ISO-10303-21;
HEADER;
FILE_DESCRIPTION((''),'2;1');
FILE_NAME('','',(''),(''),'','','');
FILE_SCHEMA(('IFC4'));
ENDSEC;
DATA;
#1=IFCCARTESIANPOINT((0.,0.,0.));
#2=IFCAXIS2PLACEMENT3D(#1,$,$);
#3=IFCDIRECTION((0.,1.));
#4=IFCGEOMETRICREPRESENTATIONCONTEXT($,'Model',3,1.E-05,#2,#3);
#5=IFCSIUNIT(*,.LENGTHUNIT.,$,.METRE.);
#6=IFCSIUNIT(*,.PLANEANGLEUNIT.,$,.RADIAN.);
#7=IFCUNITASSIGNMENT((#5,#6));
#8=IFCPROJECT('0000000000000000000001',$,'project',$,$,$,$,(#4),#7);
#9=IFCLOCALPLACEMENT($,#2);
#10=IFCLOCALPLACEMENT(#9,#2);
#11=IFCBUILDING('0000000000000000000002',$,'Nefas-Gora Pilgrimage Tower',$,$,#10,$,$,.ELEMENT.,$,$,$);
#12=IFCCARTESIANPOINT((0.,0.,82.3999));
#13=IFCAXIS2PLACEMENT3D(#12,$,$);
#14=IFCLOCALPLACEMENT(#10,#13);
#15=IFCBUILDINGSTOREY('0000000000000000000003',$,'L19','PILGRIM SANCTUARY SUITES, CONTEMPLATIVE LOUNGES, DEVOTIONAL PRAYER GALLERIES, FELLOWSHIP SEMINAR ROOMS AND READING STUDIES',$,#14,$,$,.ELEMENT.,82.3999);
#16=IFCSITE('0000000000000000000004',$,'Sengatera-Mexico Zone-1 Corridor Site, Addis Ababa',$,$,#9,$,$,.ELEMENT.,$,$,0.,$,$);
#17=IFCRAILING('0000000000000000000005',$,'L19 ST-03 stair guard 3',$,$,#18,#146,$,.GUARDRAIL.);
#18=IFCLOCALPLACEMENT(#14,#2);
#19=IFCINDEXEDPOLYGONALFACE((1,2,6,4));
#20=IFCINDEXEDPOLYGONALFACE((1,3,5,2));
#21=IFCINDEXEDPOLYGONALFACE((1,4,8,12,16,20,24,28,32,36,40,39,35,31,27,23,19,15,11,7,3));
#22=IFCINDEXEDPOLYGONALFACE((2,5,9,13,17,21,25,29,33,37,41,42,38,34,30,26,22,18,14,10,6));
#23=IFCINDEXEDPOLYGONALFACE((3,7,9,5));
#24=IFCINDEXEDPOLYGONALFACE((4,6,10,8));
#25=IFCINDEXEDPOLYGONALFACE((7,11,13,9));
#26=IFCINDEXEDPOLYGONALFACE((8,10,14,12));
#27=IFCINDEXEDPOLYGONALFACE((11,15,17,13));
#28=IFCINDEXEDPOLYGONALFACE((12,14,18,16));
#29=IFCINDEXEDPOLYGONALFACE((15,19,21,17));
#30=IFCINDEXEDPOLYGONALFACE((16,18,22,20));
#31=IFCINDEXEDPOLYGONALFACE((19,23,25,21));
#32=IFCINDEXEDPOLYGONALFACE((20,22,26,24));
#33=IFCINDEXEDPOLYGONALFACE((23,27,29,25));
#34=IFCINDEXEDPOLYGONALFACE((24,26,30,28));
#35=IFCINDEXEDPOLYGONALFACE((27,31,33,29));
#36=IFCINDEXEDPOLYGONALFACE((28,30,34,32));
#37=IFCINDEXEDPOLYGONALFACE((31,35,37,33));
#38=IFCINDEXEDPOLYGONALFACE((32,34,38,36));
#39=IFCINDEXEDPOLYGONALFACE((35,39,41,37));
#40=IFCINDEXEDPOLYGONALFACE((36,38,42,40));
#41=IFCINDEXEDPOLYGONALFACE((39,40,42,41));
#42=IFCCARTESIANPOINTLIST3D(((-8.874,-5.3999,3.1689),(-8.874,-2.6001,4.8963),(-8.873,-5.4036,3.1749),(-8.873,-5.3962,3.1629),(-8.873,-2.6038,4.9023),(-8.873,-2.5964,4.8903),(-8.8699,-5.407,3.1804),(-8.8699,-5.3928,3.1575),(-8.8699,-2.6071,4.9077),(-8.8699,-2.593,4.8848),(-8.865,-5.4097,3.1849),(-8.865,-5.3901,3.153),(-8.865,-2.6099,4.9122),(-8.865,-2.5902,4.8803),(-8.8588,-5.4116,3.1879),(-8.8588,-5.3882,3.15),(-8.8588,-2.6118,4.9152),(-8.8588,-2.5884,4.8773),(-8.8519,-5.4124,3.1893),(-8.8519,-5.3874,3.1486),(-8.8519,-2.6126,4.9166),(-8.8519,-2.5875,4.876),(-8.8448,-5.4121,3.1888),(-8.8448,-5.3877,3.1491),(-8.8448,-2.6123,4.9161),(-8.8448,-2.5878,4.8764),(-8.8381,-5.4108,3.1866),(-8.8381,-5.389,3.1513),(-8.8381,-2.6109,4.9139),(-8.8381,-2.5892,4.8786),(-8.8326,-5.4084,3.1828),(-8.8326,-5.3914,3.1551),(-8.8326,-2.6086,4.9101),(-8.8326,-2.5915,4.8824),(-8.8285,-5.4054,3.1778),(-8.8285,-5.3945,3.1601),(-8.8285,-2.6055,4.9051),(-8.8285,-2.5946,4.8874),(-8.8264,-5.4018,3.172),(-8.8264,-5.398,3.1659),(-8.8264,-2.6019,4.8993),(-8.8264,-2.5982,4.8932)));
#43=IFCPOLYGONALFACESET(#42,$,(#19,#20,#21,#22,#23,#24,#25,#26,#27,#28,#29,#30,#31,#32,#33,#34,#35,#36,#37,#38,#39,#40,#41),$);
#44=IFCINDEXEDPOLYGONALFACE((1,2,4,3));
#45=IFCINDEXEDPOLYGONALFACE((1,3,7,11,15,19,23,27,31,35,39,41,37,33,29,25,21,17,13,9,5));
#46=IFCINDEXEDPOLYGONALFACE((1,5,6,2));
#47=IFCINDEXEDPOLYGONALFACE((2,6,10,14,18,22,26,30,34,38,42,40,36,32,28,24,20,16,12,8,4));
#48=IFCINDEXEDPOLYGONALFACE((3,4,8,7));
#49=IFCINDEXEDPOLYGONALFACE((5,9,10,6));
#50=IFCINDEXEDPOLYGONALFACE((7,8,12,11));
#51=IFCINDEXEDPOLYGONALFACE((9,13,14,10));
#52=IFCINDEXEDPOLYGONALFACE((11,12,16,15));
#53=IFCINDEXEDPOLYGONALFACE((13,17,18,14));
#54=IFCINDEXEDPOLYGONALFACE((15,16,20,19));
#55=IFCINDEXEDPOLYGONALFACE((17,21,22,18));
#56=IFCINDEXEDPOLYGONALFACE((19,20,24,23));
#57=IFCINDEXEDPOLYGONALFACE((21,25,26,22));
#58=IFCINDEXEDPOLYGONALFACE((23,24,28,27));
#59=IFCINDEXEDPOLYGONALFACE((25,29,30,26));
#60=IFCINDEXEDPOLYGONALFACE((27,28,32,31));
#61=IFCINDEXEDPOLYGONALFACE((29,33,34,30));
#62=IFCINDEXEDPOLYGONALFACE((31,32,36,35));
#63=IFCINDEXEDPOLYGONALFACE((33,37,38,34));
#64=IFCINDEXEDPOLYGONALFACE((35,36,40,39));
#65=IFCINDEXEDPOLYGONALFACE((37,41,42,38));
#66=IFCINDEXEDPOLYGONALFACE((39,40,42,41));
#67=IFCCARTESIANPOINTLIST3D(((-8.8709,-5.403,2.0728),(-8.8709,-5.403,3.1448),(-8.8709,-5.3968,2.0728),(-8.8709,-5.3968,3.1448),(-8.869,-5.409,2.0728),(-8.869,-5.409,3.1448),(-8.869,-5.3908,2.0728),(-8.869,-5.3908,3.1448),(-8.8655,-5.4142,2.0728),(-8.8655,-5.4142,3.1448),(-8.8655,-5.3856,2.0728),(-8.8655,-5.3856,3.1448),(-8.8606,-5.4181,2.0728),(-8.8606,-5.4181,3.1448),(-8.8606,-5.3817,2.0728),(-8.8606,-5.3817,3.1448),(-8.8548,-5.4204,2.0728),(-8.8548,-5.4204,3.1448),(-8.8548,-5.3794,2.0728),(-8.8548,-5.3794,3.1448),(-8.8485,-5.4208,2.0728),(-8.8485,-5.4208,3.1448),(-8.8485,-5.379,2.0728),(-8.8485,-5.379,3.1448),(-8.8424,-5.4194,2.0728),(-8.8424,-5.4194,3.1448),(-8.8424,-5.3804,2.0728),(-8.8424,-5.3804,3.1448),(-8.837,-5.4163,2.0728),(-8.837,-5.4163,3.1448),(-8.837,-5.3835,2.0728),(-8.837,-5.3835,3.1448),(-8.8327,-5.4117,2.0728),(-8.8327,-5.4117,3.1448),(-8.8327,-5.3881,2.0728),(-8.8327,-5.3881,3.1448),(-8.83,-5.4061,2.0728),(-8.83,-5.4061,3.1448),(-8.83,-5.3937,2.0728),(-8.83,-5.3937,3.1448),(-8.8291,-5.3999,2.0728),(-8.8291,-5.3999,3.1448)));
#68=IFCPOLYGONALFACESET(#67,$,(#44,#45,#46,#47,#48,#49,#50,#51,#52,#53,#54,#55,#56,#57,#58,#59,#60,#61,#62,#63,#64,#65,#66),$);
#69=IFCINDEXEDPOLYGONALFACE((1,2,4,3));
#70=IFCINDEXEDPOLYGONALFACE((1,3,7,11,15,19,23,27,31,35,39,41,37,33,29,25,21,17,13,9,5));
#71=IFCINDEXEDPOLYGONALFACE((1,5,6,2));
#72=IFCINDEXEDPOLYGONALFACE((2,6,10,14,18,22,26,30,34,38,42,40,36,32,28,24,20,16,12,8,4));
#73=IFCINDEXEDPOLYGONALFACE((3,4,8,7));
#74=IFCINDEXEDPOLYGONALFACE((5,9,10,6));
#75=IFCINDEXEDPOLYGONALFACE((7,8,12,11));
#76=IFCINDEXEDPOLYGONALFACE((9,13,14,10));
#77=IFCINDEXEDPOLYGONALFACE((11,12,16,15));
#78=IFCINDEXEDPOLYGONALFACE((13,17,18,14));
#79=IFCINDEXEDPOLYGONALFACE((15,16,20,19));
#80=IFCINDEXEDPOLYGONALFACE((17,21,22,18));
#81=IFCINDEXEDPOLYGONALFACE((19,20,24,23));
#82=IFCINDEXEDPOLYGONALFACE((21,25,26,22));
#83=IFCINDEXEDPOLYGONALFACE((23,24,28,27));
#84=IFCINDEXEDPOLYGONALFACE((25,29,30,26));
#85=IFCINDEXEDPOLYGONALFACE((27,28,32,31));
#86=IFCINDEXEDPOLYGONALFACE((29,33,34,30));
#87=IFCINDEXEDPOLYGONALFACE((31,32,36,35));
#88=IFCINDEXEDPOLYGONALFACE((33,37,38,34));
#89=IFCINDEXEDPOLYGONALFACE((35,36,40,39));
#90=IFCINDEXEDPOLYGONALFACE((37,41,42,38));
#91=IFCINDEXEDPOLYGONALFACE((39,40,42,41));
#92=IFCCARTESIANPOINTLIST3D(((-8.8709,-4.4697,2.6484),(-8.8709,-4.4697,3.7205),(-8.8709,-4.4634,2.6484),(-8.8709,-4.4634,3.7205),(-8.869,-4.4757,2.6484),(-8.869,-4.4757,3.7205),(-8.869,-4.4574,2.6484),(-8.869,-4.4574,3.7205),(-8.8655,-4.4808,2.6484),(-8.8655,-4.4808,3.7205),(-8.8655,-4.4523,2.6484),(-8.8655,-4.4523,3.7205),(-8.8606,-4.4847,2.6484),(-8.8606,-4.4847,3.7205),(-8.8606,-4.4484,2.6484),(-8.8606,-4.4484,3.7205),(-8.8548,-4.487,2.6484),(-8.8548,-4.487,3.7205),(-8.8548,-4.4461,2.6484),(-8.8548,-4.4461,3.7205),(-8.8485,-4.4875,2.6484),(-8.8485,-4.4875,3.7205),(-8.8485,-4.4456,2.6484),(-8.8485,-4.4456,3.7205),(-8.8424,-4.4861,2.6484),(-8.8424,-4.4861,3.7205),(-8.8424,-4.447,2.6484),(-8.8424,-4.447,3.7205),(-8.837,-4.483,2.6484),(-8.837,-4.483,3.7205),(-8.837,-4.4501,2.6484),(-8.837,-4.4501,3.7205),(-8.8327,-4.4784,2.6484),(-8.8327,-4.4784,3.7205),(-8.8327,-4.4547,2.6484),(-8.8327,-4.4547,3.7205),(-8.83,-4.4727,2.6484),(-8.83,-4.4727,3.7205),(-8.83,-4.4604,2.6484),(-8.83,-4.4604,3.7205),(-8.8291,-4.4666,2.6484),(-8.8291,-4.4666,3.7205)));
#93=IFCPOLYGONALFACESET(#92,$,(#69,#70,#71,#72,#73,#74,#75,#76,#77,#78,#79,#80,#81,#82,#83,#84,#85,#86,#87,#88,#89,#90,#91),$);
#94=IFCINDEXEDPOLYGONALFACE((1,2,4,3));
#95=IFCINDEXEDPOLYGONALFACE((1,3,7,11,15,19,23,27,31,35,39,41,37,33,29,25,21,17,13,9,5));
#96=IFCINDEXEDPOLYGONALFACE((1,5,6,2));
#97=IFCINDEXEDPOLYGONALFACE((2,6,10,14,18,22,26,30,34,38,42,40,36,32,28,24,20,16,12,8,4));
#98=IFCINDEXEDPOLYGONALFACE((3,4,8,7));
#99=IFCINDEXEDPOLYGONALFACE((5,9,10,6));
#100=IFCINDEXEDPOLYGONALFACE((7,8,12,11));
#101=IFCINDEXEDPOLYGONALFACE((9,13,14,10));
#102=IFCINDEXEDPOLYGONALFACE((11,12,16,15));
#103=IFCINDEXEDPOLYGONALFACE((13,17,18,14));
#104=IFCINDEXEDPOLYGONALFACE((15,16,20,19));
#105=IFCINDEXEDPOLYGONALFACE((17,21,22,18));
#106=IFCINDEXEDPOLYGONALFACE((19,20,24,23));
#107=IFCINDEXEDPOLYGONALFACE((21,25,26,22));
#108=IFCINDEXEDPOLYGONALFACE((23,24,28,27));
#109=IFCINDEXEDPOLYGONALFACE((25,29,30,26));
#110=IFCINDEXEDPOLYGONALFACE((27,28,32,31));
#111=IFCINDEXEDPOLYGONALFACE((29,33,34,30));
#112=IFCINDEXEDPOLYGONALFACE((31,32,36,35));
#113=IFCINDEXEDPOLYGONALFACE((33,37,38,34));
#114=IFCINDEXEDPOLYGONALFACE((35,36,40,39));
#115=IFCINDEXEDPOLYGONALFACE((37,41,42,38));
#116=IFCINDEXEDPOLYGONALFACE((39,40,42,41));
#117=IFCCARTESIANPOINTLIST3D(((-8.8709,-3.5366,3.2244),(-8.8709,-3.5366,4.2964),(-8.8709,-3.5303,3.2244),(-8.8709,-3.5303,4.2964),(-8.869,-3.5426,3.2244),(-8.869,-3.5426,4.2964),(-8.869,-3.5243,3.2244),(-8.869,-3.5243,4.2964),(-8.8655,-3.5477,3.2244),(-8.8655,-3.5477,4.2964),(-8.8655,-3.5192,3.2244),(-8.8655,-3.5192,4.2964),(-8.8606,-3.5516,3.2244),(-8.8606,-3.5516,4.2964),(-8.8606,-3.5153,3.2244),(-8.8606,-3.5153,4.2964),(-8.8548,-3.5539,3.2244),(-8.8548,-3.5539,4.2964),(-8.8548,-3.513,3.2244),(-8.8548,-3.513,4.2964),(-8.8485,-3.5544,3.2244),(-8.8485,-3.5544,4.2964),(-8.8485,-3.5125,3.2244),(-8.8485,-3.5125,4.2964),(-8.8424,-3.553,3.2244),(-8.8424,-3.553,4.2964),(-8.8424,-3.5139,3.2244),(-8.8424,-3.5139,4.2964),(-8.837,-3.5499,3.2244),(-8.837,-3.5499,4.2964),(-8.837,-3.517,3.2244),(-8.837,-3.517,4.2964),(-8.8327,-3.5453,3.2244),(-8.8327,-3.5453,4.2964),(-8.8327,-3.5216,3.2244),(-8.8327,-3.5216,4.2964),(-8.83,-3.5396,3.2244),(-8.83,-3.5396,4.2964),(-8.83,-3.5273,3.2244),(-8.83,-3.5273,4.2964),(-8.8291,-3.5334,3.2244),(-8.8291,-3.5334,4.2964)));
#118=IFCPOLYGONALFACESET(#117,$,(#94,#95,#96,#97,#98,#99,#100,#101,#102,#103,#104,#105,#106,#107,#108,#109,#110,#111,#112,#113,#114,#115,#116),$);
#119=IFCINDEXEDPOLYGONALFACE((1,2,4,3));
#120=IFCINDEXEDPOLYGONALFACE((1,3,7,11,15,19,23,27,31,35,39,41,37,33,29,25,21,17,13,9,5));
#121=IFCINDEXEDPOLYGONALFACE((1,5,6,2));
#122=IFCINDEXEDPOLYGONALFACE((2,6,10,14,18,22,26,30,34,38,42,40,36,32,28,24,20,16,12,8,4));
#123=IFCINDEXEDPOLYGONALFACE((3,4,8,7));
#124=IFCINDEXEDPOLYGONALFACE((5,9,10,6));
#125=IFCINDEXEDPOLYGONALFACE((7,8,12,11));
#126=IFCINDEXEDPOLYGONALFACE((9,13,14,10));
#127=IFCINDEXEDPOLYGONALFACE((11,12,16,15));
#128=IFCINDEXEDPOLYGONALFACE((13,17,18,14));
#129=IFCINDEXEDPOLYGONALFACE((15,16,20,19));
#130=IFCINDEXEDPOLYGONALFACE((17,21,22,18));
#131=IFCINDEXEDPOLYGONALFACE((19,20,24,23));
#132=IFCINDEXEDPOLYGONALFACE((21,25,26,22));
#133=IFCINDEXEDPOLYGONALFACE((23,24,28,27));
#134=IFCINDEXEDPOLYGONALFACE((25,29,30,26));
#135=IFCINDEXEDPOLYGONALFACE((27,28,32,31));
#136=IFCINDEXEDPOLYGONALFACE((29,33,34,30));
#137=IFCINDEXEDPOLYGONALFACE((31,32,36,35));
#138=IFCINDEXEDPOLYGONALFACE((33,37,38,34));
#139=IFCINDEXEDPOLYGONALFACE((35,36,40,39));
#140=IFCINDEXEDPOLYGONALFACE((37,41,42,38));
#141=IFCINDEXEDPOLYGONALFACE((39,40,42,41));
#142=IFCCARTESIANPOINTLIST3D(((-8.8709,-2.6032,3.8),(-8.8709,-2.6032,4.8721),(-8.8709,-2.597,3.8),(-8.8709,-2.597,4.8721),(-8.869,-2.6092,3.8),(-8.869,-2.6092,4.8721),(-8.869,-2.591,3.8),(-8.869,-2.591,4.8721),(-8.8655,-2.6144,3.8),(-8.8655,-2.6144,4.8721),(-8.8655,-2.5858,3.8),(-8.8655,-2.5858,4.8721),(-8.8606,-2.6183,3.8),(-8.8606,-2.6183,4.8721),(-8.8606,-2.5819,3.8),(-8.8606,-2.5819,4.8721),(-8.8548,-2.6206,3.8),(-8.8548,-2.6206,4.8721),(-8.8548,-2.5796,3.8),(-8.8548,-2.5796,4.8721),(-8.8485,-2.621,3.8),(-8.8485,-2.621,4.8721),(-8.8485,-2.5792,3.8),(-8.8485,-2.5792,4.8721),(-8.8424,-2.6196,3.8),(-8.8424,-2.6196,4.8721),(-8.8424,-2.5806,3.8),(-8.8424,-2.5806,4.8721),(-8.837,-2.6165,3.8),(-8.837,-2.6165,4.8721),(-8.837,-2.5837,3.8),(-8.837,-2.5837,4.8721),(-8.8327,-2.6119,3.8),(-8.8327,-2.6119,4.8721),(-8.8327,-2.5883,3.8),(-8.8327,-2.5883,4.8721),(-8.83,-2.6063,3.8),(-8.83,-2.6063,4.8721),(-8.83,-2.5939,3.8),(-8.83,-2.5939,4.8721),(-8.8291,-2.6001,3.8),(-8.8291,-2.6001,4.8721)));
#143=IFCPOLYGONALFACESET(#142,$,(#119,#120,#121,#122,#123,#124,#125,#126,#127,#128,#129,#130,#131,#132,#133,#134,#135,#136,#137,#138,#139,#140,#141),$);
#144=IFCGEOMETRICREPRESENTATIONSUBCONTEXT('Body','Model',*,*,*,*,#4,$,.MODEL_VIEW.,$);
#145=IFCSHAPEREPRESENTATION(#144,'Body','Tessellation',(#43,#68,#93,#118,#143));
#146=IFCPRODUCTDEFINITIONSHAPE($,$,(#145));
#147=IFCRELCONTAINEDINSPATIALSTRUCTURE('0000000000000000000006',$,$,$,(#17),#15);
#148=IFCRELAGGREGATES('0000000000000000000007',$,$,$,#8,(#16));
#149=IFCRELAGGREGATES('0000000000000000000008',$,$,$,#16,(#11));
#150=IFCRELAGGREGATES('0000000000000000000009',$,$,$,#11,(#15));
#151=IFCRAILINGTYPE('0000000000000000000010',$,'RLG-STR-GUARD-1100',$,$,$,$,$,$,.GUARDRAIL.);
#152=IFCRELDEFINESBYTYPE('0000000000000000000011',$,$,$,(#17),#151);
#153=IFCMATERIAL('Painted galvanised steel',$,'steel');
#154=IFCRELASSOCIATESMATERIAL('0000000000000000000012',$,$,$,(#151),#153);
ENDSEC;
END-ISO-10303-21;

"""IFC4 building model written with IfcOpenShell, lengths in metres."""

from ifc_helpers import new_model, si_unit, direction, frame, origin, origin_2d, place, context, subcontext, project, spatial, circle, extrude, material, type_object, element, save


model = new_model("IFC4")

# Units and contexts
model_context = context("Model", 3, precision=1e-05, world=origin(), true_north=direction((0.0, 1.0)))
body_context = subcontext(model_context, "Body", "Model", "MODEL_VIEW")
ifc_project = project(units=[si_unit("LENGTHUNIT", "METRE"), si_unit("PLANEANGLEUNIT", "RADIAN")], contexts=[model_context])

# Site, building, storey
site_placement = place(None, origin())
site = spatial("IfcSite", under=ifc_project, at=site_placement, Name="Sengatera-Mexico Zone-1 Corridor Site, Addis Ababa", CompositionType="ELEMENT", RefElevation=0.0)
building_placement = place(site_placement, origin())
building = spatial("IfcBuilding", under=site, at=building_placement, Name="Nefas-Gora Pilgrimage Tower", CompositionType="ELEMENT")
storey_placement = place(building_placement, frame((0.0, 0.0, 82.3999)))
storey = spatial("IfcBuildingStorey", under=building, at=storey_placement, Name="L19", Description="PILGRIM SANCTUARY SUITES, CONTEMPLATIVE LOUNGES, DEVOTIONAL PRAYER GALLERIES, FELLOWSHIP SEMINAR ROOMS AND READING STUDIES", CompositionType="ELEMENT", Elevation=82.3999)

# Railing
ifc_material_1 = material(Name="Painted galvanised steel", Category="steel")
railing_type_1 = type_object("IfcRailingType", Name="RLG-STR-GUARD-1100", PredefinedType="GUARDRAIL", material=ifc_material_1)
railing_1_placement = place(storey_placement, frame((-8.8501, -5.3999, 2.0728)))
element("IfcRailing", 1, at=railing_1_placement, inside=storey, type_object=railing_type_1, Name="L19 ST-03 stair guard 3", PredefinedType="GUARDRAIL", context=body_context, shape_type="SweptSolid", body=[
    extrude(circle(Radius=0.0239, at=origin_2d()), frame((0.0, 0.0, 1.0962), z_axis=(0.0, 0.851069, 0.525054), x_axis=(-1.0, 0.0, 0.0)), (0.0, 0.0, 1.0), 3.2898),
    extrude(circle(Radius=0.021, at=origin_2d()), origin(), (0.0, 0.0, 1.0), 1.072),
    extrude(circle(Radius=0.021, at=origin_2d()), frame((0.0, 0.9333, 0.5757)), (0.0, 0.0, 1.0), 1.072),
    extrude(circle(Radius=0.021, at=origin_2d()), frame((0.0, 1.8665, 1.1516)), (0.0, 0.0, 1.0), 1.072),
    extrude(circle(Radius=0.021, at=origin_2d()), frame((0.0, 2.7998, 1.7273)), (0.0, 0.0, 1.0), 1.072),
])

save(model, "model.ifc")
